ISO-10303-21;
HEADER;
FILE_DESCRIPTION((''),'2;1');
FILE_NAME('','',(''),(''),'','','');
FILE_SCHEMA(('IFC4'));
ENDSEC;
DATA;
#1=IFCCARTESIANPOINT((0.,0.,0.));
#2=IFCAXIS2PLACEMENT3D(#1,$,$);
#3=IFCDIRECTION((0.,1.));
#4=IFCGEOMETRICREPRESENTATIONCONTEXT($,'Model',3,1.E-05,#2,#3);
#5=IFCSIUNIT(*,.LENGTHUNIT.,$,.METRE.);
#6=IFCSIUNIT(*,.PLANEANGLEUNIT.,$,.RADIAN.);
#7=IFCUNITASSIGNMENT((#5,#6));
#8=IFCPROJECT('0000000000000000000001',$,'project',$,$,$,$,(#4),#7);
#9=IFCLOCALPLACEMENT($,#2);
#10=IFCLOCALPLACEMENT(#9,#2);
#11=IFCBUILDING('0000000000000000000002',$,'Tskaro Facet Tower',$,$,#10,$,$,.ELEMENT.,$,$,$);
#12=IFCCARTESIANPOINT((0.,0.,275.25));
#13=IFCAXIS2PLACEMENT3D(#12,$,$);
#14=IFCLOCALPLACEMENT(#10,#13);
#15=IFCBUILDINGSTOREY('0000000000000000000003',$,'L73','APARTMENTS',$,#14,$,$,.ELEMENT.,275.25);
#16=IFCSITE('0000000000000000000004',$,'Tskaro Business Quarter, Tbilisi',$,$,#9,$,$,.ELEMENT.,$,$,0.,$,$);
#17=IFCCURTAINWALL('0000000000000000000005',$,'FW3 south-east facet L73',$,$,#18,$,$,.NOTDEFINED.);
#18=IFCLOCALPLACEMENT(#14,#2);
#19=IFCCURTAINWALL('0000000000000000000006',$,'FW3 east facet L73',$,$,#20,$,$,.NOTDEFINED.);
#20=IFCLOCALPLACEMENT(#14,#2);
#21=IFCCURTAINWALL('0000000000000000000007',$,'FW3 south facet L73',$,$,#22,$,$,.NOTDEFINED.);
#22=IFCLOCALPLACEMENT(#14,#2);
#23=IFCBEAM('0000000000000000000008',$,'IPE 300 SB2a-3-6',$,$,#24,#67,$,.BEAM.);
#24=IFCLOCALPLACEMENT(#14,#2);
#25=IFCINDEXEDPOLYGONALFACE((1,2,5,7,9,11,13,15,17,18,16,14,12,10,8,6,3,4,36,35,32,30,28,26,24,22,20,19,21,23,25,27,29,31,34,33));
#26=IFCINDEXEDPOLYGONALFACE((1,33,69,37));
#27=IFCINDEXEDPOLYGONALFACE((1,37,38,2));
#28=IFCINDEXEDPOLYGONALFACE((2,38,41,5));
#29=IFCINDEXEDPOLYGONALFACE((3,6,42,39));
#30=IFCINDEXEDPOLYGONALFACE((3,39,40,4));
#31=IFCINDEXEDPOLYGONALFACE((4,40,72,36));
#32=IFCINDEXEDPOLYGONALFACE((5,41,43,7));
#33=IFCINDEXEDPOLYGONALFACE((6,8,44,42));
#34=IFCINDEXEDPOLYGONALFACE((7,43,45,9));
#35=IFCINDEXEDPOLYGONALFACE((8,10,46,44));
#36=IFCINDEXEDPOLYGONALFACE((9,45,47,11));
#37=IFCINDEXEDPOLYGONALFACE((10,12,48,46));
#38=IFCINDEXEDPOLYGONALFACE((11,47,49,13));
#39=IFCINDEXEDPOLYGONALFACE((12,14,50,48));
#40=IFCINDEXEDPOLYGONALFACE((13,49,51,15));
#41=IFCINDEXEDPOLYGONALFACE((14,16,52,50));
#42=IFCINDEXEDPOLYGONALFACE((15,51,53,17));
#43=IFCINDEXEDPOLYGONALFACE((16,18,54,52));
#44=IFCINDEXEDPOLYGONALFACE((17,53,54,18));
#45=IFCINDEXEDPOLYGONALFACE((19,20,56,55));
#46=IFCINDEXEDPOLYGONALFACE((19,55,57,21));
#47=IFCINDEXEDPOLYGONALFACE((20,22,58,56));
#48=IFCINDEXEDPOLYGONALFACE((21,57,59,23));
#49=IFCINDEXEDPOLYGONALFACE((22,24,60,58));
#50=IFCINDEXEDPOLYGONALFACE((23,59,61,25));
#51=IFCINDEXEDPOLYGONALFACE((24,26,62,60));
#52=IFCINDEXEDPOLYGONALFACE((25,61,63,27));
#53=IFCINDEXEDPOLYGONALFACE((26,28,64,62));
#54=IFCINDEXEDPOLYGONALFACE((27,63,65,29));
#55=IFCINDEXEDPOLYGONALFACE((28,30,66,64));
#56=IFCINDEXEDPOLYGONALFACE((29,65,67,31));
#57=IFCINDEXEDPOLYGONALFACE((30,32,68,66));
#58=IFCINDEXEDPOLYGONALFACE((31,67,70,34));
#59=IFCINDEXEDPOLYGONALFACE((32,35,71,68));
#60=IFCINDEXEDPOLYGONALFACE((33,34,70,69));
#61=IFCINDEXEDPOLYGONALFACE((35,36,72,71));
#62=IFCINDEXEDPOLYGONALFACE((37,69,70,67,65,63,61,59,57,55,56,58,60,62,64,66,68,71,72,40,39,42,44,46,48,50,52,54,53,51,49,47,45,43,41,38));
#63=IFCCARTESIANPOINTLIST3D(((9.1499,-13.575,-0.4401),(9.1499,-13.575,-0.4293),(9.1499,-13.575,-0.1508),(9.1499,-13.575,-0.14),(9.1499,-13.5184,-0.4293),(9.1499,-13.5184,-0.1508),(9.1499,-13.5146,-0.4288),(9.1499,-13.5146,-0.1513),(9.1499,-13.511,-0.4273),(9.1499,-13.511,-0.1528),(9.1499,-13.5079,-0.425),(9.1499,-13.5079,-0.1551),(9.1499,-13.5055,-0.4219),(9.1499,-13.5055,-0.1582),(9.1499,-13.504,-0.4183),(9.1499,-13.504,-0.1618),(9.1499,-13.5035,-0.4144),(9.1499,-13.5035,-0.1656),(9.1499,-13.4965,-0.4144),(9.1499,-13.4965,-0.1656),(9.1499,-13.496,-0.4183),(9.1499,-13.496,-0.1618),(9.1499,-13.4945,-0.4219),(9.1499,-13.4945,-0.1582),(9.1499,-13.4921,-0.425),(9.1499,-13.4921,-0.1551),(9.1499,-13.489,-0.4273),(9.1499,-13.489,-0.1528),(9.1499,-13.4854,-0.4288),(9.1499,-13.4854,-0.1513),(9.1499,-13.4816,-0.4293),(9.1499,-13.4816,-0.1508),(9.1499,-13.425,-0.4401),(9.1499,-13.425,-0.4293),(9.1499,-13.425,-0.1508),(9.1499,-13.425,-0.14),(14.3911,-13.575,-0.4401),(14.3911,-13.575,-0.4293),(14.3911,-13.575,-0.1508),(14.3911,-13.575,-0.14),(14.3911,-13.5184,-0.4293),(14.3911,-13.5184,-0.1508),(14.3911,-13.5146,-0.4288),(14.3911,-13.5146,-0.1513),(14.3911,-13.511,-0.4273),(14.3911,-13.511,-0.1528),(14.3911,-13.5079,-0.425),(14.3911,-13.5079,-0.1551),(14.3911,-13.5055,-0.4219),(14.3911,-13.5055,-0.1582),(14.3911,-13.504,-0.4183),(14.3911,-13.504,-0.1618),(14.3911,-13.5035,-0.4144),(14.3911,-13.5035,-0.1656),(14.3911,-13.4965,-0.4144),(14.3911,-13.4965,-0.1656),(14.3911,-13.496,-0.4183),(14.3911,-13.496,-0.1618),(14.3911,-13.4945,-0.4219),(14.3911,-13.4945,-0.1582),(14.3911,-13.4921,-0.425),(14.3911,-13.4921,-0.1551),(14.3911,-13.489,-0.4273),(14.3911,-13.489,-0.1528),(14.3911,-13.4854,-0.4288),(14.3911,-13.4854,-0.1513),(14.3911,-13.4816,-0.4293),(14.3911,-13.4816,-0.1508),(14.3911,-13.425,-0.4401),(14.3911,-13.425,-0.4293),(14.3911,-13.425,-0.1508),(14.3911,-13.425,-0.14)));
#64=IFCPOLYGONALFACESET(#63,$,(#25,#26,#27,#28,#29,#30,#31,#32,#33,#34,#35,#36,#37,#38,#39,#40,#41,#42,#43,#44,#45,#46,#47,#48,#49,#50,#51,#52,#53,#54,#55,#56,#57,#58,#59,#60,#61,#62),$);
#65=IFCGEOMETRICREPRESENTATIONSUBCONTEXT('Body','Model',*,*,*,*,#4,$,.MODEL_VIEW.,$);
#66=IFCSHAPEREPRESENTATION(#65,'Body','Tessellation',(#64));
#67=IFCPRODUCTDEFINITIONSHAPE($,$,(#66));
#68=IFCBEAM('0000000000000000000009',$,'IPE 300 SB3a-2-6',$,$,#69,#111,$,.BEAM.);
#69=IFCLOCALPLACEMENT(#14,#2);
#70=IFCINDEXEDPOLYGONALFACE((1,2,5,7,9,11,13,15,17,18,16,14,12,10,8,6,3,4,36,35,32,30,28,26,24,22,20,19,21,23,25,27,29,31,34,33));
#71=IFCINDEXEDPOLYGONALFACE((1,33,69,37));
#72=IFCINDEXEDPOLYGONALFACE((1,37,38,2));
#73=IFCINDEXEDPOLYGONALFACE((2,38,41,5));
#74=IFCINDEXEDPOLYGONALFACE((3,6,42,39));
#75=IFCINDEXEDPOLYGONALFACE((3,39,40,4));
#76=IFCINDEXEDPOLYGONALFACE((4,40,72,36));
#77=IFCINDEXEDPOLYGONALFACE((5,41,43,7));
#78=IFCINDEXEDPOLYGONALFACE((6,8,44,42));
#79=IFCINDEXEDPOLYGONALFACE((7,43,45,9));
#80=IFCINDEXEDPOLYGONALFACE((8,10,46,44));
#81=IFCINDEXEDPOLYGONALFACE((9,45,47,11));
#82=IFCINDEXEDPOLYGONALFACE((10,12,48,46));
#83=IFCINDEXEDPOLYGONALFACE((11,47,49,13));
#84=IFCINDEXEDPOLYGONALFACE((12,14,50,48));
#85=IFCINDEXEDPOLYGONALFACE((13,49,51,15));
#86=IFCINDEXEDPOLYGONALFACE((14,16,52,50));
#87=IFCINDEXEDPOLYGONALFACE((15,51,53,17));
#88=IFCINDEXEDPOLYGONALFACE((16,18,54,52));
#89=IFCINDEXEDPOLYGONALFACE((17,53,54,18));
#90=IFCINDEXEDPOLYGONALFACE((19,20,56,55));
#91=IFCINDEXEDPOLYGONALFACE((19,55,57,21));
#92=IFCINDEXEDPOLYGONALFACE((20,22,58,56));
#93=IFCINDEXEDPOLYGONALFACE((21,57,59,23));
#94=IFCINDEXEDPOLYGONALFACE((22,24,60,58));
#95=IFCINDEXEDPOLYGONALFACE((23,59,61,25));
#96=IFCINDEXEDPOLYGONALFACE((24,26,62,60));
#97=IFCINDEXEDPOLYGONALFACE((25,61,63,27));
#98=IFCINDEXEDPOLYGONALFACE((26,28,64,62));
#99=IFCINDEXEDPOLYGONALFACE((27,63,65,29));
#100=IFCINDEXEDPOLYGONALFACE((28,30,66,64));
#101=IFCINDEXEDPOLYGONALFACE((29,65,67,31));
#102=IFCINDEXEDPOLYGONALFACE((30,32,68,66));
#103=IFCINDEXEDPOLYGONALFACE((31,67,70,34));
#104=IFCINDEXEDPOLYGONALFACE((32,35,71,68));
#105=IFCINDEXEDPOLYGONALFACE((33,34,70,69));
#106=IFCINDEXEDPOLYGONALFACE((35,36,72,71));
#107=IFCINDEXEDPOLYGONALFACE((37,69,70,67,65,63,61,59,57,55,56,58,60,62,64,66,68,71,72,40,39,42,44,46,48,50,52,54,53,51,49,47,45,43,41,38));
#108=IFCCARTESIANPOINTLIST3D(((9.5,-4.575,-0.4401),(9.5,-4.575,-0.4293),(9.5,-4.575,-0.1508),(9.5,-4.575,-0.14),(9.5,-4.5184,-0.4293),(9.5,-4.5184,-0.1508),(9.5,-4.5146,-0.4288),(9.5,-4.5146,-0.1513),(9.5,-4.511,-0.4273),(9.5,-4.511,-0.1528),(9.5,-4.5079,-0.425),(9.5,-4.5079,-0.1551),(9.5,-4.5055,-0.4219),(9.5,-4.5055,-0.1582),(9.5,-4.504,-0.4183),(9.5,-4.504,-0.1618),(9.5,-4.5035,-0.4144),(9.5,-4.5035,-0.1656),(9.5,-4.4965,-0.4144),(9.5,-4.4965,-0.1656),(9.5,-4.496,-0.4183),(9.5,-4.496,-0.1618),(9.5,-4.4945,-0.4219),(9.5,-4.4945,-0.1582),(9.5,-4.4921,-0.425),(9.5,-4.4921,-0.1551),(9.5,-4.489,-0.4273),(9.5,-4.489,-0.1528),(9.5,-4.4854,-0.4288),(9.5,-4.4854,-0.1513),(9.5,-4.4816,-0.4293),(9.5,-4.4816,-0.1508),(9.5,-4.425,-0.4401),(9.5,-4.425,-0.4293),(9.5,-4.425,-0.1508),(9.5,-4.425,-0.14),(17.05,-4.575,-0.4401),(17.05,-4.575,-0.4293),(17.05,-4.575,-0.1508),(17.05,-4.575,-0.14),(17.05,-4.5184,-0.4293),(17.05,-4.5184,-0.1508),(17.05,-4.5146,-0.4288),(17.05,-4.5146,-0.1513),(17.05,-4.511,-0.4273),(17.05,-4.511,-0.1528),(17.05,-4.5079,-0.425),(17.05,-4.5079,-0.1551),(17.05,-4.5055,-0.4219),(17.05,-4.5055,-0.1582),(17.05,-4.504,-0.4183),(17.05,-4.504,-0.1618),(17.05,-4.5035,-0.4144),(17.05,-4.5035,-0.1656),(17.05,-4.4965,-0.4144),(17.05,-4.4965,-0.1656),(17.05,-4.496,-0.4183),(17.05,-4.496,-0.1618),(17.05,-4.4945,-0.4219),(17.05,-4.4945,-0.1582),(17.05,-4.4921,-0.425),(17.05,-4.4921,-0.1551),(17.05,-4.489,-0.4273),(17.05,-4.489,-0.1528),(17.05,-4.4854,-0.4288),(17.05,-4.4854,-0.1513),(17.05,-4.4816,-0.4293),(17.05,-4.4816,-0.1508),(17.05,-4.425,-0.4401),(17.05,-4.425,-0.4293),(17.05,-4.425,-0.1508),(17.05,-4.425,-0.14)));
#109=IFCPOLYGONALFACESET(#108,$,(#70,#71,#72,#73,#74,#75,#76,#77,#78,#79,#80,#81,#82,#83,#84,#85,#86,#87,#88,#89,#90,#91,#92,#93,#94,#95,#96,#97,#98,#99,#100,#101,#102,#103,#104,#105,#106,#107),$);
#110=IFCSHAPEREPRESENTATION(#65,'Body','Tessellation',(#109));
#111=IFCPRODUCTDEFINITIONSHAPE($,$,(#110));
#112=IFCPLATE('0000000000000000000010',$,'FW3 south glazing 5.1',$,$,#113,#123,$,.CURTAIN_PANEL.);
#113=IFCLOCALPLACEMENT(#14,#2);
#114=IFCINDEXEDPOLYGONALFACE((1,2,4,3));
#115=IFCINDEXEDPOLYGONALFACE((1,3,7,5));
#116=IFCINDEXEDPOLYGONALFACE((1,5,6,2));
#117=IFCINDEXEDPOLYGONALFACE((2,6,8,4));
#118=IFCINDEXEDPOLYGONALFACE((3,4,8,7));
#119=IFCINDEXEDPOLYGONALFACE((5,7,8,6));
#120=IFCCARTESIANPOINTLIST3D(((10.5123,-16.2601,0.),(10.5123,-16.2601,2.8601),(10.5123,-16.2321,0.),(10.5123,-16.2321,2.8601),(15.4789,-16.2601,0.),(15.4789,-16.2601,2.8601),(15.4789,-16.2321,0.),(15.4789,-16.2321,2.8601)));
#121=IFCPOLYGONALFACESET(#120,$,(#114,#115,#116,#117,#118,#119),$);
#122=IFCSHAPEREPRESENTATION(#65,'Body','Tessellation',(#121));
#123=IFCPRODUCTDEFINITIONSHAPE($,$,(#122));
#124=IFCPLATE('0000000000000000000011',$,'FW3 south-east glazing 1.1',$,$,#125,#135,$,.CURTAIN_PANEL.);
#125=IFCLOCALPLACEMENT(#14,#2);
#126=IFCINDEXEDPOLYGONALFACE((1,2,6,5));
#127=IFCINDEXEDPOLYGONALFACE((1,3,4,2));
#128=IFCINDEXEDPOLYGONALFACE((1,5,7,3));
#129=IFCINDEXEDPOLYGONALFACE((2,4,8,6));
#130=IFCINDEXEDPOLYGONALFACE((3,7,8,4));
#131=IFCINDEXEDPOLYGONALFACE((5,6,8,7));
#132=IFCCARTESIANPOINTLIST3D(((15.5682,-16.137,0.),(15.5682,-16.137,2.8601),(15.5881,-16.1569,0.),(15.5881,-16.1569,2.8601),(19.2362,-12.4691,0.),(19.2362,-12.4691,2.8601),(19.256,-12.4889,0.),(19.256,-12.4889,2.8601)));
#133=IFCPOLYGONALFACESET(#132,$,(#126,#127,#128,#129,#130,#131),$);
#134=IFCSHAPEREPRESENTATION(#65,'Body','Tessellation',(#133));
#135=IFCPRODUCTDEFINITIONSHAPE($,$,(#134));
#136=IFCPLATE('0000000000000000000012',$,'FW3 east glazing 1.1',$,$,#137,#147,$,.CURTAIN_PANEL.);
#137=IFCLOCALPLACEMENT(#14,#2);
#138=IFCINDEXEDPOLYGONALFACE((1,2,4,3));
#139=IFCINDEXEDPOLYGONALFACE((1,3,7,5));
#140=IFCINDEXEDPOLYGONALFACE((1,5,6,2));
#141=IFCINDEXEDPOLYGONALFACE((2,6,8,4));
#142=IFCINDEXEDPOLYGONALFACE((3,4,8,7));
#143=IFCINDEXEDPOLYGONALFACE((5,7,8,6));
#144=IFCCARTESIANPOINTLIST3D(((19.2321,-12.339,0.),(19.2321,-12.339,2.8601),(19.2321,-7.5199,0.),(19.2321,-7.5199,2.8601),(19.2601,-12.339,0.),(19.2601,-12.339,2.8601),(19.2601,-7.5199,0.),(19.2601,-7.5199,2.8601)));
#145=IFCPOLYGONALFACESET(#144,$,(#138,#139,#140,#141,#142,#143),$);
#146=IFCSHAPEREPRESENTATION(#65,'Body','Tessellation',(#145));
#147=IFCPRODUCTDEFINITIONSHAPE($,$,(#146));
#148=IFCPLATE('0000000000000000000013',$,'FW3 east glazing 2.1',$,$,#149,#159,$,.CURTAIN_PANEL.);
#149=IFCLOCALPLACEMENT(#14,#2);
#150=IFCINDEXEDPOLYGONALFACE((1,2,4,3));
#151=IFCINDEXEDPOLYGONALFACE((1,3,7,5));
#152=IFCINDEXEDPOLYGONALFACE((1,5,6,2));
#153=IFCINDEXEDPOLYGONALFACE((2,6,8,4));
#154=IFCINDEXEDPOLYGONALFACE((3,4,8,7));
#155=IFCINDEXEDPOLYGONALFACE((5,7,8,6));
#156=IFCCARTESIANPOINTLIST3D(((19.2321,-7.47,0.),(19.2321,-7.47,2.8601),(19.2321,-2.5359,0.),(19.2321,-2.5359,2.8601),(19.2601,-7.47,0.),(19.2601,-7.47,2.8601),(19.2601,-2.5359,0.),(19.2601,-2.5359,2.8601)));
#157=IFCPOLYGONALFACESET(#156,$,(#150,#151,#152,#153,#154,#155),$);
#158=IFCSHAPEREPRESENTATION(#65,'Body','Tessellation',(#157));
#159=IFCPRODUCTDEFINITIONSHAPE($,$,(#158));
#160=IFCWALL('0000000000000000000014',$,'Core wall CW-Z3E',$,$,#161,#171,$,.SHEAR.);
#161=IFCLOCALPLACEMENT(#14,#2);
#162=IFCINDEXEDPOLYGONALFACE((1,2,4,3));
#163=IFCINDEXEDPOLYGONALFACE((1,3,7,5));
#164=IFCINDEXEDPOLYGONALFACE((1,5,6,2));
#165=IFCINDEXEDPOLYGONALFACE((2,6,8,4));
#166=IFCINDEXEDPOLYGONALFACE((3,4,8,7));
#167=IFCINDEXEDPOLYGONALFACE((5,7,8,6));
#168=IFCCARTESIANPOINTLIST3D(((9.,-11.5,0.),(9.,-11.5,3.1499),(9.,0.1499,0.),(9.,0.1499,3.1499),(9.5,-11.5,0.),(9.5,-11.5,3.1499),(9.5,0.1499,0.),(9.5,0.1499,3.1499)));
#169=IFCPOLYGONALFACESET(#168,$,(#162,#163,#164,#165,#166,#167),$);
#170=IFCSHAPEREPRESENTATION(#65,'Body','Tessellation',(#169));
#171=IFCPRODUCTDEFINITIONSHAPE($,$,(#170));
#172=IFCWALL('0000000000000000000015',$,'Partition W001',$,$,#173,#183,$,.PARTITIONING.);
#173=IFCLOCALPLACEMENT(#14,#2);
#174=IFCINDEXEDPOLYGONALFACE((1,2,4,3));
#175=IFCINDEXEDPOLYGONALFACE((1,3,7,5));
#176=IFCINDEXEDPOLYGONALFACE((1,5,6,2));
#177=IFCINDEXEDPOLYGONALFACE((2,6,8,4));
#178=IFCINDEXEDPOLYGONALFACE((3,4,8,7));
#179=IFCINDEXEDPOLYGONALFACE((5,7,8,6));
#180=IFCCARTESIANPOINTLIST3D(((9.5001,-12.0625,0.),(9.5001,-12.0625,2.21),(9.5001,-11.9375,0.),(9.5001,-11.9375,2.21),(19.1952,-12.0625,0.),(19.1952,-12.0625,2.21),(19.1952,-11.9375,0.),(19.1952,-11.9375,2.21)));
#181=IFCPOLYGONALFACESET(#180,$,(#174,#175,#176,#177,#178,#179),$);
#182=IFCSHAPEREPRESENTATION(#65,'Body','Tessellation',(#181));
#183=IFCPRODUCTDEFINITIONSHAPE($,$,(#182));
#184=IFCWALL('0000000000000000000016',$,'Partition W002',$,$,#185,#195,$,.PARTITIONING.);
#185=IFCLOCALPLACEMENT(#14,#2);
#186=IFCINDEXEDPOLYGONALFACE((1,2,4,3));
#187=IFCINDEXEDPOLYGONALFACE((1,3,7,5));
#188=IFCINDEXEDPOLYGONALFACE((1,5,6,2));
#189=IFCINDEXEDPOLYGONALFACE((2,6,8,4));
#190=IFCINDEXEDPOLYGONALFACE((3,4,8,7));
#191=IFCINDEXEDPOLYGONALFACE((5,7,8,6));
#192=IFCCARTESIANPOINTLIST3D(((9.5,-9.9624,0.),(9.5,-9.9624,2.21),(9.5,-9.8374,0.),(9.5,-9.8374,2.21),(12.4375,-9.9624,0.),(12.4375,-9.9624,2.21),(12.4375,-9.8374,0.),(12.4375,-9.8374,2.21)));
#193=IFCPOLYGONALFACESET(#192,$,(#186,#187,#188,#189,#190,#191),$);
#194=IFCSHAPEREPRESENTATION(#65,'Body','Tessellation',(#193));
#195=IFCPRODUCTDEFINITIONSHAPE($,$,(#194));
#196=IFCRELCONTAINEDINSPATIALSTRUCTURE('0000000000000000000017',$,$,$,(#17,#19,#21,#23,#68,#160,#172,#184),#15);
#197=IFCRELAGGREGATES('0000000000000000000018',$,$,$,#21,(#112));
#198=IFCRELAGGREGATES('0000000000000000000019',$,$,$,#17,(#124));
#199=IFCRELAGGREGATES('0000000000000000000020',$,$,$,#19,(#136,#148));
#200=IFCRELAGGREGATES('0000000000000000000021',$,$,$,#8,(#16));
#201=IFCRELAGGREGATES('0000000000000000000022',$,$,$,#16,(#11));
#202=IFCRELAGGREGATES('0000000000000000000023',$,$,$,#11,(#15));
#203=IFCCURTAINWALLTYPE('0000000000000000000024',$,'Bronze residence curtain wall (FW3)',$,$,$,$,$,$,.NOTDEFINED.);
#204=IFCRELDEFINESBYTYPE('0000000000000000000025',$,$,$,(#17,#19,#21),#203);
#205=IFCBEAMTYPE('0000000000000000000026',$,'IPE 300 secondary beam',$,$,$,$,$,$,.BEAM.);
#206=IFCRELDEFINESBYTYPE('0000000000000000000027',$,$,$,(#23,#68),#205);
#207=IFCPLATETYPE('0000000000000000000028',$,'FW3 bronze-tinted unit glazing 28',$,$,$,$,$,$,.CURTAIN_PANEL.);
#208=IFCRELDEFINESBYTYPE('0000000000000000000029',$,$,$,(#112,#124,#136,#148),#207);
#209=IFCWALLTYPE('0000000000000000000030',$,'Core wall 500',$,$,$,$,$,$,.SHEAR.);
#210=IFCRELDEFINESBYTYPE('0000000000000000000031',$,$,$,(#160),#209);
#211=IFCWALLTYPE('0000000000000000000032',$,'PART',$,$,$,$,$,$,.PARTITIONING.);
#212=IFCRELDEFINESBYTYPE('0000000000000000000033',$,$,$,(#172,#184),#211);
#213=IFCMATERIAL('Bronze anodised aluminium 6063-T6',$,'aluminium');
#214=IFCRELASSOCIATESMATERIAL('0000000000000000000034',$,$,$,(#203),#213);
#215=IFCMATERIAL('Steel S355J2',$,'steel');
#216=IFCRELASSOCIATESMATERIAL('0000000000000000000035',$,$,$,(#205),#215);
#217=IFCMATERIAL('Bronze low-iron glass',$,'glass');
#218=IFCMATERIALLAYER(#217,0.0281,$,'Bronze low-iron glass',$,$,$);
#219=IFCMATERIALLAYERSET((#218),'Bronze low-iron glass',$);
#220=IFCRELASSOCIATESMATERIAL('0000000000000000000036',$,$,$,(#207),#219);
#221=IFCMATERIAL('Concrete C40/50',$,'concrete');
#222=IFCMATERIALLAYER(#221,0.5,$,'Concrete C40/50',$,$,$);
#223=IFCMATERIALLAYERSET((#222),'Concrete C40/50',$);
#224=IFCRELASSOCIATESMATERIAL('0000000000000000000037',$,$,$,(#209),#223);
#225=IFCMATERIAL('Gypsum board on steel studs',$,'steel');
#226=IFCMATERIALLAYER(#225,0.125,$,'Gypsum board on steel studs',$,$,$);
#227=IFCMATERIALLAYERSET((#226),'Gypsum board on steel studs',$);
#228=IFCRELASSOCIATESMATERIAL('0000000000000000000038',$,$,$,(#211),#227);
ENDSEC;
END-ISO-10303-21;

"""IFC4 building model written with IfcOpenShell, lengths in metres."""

from ifc_helpers import new_model, si_unit, direction, frame, frame_2d, origin, origin_2d, place, context, subcontext, project, spatial, rectangle, i_section, extrude, material, layer, layer_set, material_profile, profile_set, type_object, element, aggregate, save


model = new_model("IFC4")

# Units and contexts
model_context = context("Model", 3, precision=1e-05, world=origin(), true_north=direction((0.0, 1.0)))
body_context = subcontext(model_context, "Body", "Model", "MODEL_VIEW")
ifc_project = project(units=[si_unit("LENGTHUNIT", "METRE"), si_unit("PLANEANGLEUNIT", "RADIAN")], contexts=[model_context])

# Site, building, storey
site_placement = place(None, origin())
site = spatial("IfcSite", under=ifc_project, at=site_placement, Name="Tskaro Business Quarter, Tbilisi", CompositionType="ELEMENT", RefElevation=0.0)
building_placement = place(site_placement, origin())
building = spatial("IfcBuilding", under=site, at=building_placement, Name="Tskaro Facet Tower", CompositionType="ELEMENT")
storey_placement = place(building_placement, frame((0.0, 0.0, 275.25)))
storey = spatial("IfcBuildingStorey", under=building, at=storey_placement, Name="L73", Description="APARTMENTS", CompositionType="ELEMENT", Elevation=275.25)

# Shared definitions
ifc_material_1 = material(Name="Steel S355J2", Category="steel")

# Curtain walls
ifc_material_2 = material(Name="Bronze anodised aluminium 6063-T6", Category="aluminium")
curtain_wall_type = type_object("IfcCurtainWallType", Name="Bronze residence curtain wall (FW3)", PredefinedType="NOTDEFINED", material=ifc_material_2)
curtain_wall_1_placement = place(storey_placement, origin())
curtain_wall_1 = element("IfcCurtainWall", 1, at=curtain_wall_1_placement, inside=storey, type_object=curtain_wall_type, Name="FW3 south-east facet L73", PredefinedType="NOTDEFINED")
curtain_wall_2_placement = place(storey_placement, origin())
curtain_wall_2 = element("IfcCurtainWall", 2, at=curtain_wall_2_placement, inside=storey, type_object=curtain_wall_type, Name="FW3 east facet L73", PredefinedType="NOTDEFINED")
curtain_wall_3_placement = place(storey_placement, origin())
curtain_wall_3 = element("IfcCurtainWall", 3, at=curtain_wall_3_placement, inside=storey, type_object=curtain_wall_type, Name="FW3 south facet L73", PredefinedType="NOTDEFINED")

# Beams
ifc_material_profile_1 = material_profile(ifc_material_1, i_section(OverallWidth=0.1499, OverallDepth=0.3, WebThickness=0.0071, FlangeThickness=0.0107, FilletRadius=0.0149, at=origin_2d()), Name="IPE 300")
ifc_profile_set_1 = profile_set([ifc_material_profile_1], Name="Steel S355J2")
beam_type_1 = type_object("IfcBeamType", Name="IPE 300 secondary beam", PredefinedType="BEAM", material=ifc_profile_set_1)
beam_1_placement = place(storey_placement, frame((9.1499, -13.5, -0.29), z_axis=(1.0, 0.0, 0.0), x_axis=(0.0, 1.0, 0.0)))
element("IfcBeam", 4, at=beam_1_placement, inside=storey, type_object=beam_type_1, Name="IPE 300 SB2a-3-6", PredefinedType="BEAM", context=body_context, shape_type="SweptSolid", body=[
    extrude(i_section(OverallWidth=0.1499, OverallDepth=0.3, WebThickness=0.0071, FlangeThickness=0.0107, FilletRadius=0.0149, at=origin_2d()), origin(), (0.0, 0.0, 1.0), 5.2412),
])
beam_2_placement = place(storey_placement, frame((9.5, -4.5, -0.29), z_axis=(1.0, 0.0, 0.0), x_axis=(0.0, 1.0, 0.0)))
element("IfcBeam", 5, at=beam_2_placement, inside=storey, type_object=beam_type_1, Name="IPE 300 SB3a-2-6", PredefinedType="BEAM", context=body_context, shape_type="SweptSolid", body=[
    extrude(i_section(OverallWidth=0.1499, OverallDepth=0.3, WebThickness=0.0071, FlangeThickness=0.0107, FilletRadius=0.0149, at=origin_2d()), origin(), (0.0, 0.0, 1.0), 7.55),
])

# Plates
ifc_material_3 = material(Name="Bronze low-iron glass", Category="glass")
ifc_layer_1 = layer(ifc_material_3, 0.0281, Name="Bronze low-iron glass")
ifc_layer_set_1 = layer_set([ifc_layer_1], Name="Bronze low-iron glass")
plate_type = type_object("IfcPlateType", Name="FW3 bronze-tinted unit glazing 28", PredefinedType="CURTAIN_PANEL", material=ifc_layer_set_1)
plate_1_placement = place(storey_placement, frame((12.9956, -16.2461, 0.0), z_axis=(0.0, 0.0, 1.0), x_axis=(1.0, 0.0, 0.0)))
plate_1 = element("IfcPlate", 6, at=plate_1_placement, type_object=plate_type, Name="FW3 south glazing 5.1", PredefinedType="CURTAIN_PANEL", context=body_context, shape_type="SweptSolid", body=[
    extrude(rectangle(XDim=4.9666, YDim=0.0281, at=origin_2d()), origin(), (0.0, 0.0, 1.0), 2.8601),
])
aggregate(curtain_wall_3, [plate_1])
plate_2_placement = place(storey_placement, frame((17.4121, -14.313, 0.0), z_axis=(0.0, 0.0, 1.0), x_axis=(0.707107, 0.707107, 0.0)))
plate_2 = element("IfcPlate", 7, at=plate_2_placement, type_object=plate_type, Name="FW3 south-east glazing 1.1", PredefinedType="CURTAIN_PANEL", context=body_context, shape_type="SweptSolid", body=[
    extrude(rectangle(XDim=5.1873, YDim=0.0281, at=origin_2d()), origin(), (0.0, 0.0, 1.0), 2.8601),
])
aggregate(curtain_wall_1, [plate_2])
plate_3_placement = place(storey_placement, frame((19.2461, -9.9294, 0.0), z_axis=(0.0, 0.0, 1.0), x_axis=(0.0, 1.0, 0.0)))
plate_3 = element("IfcPlate", 8, at=plate_3_placement, type_object=plate_type, Name="FW3 east glazing 1.1", PredefinedType="CURTAIN_PANEL", context=body_context, shape_type="SweptSolid", body=[
    extrude(rectangle(XDim=4.8191, YDim=0.0281, at=origin_2d()), origin(), (0.0, 0.0, 1.0), 2.8601),
])
plate_4_placement = place(storey_placement, frame((19.2461, -5.0029, 0.0), z_axis=(0.0, 0.0, 1.0), x_axis=(0.0, 1.0, 0.0)))
plate_4 = element("IfcPlate", 9, at=plate_4_placement, type_object=plate_type, Name="FW3 east glazing 2.1", PredefinedType="CURTAIN_PANEL", context=body_context, shape_type="SweptSolid", body=[
    extrude(rectangle(XDim=4.9341, YDim=0.0281, at=origin_2d()), origin(), (0.0, 0.0, 1.0), 2.8601),
])
aggregate(curtain_wall_2, [plate_3, plate_4])

# Walls
ifc_material_4 = material(Name="Concrete C40/50", Category="concrete")
ifc_layer_2 = layer(ifc_material_4, 0.5, Name="Concrete C40/50")
ifc_layer_set_2 = layer_set([ifc_layer_2], Name="Concrete C40/50")
wall_type_1 = type_object("IfcWallType", Name="Core wall 500", PredefinedType="SHEAR", material=ifc_layer_set_2)
wall_1_placement = place(storey_placement, frame((9.25, -11.5, 0.0), z_axis=(0.0, 0.0, 1.0), x_axis=(0.0, 1.0, 0.0)))
element("IfcWall", 10, at=wall_1_placement, inside=storey, type_object=wall_type_1, Name="Core wall CW-Z3E", PredefinedType="SHEAR", context=body_context, shape_type="SweptSolid", body=[
    extrude(rectangle(XDim=11.6499, YDim=0.5, at=frame_2d((5.825, 0.0))), origin(), (0.0, 0.0, 1.0), 3.1499),
])
ifc_material_5 = material(Name="Gypsum board on steel studs", Category="steel")
ifc_layer_3 = layer(ifc_material_5, 0.125, Name="Gypsum board on steel studs")
ifc_layer_set_3 = layer_set([ifc_layer_3], Name="Gypsum board on steel studs")
wall_type_2 = type_object("IfcWallType", Name="PART", PredefinedType="PARTITIONING", material=ifc_layer_set_3)
wall_2_placement = place(storey_placement, frame((9.5, -12.0, 0.0), z_axis=(0.0, 0.0, 1.0), x_axis=(1.0, 0.0, 0.0)))
element("IfcWall", 11, at=wall_2_placement, inside=storey, type_object=wall_type_2, Name="Partition W001", PredefinedType="PARTITIONING", context=body_context, shape_type="SweptSolid", body=[
    extrude(rectangle(XDim=9.6951, YDim=0.125, at=frame_2d((4.8477, 0.0))), origin(), (0.0, 0.0, 1.0), 2.21),
])
wall_3_placement = place(storey_placement, frame((9.5, -9.8999, 0.0), z_axis=(0.0, 0.0, 1.0), x_axis=(1.0, 0.0, 0.0)))
element("IfcWall", 12, at=wall_3_placement, inside=storey, type_object=wall_type_2, Name="Partition W002", PredefinedType="PARTITIONING", context=body_context, shape_type="SweptSolid", body=[
    extrude(rectangle(XDim=2.9375, YDim=0.125, at=frame_2d((1.4688, 0.0))), origin(), (0.0, 0.0, 1.0), 2.21),
])

save(model, "model.ifc")
